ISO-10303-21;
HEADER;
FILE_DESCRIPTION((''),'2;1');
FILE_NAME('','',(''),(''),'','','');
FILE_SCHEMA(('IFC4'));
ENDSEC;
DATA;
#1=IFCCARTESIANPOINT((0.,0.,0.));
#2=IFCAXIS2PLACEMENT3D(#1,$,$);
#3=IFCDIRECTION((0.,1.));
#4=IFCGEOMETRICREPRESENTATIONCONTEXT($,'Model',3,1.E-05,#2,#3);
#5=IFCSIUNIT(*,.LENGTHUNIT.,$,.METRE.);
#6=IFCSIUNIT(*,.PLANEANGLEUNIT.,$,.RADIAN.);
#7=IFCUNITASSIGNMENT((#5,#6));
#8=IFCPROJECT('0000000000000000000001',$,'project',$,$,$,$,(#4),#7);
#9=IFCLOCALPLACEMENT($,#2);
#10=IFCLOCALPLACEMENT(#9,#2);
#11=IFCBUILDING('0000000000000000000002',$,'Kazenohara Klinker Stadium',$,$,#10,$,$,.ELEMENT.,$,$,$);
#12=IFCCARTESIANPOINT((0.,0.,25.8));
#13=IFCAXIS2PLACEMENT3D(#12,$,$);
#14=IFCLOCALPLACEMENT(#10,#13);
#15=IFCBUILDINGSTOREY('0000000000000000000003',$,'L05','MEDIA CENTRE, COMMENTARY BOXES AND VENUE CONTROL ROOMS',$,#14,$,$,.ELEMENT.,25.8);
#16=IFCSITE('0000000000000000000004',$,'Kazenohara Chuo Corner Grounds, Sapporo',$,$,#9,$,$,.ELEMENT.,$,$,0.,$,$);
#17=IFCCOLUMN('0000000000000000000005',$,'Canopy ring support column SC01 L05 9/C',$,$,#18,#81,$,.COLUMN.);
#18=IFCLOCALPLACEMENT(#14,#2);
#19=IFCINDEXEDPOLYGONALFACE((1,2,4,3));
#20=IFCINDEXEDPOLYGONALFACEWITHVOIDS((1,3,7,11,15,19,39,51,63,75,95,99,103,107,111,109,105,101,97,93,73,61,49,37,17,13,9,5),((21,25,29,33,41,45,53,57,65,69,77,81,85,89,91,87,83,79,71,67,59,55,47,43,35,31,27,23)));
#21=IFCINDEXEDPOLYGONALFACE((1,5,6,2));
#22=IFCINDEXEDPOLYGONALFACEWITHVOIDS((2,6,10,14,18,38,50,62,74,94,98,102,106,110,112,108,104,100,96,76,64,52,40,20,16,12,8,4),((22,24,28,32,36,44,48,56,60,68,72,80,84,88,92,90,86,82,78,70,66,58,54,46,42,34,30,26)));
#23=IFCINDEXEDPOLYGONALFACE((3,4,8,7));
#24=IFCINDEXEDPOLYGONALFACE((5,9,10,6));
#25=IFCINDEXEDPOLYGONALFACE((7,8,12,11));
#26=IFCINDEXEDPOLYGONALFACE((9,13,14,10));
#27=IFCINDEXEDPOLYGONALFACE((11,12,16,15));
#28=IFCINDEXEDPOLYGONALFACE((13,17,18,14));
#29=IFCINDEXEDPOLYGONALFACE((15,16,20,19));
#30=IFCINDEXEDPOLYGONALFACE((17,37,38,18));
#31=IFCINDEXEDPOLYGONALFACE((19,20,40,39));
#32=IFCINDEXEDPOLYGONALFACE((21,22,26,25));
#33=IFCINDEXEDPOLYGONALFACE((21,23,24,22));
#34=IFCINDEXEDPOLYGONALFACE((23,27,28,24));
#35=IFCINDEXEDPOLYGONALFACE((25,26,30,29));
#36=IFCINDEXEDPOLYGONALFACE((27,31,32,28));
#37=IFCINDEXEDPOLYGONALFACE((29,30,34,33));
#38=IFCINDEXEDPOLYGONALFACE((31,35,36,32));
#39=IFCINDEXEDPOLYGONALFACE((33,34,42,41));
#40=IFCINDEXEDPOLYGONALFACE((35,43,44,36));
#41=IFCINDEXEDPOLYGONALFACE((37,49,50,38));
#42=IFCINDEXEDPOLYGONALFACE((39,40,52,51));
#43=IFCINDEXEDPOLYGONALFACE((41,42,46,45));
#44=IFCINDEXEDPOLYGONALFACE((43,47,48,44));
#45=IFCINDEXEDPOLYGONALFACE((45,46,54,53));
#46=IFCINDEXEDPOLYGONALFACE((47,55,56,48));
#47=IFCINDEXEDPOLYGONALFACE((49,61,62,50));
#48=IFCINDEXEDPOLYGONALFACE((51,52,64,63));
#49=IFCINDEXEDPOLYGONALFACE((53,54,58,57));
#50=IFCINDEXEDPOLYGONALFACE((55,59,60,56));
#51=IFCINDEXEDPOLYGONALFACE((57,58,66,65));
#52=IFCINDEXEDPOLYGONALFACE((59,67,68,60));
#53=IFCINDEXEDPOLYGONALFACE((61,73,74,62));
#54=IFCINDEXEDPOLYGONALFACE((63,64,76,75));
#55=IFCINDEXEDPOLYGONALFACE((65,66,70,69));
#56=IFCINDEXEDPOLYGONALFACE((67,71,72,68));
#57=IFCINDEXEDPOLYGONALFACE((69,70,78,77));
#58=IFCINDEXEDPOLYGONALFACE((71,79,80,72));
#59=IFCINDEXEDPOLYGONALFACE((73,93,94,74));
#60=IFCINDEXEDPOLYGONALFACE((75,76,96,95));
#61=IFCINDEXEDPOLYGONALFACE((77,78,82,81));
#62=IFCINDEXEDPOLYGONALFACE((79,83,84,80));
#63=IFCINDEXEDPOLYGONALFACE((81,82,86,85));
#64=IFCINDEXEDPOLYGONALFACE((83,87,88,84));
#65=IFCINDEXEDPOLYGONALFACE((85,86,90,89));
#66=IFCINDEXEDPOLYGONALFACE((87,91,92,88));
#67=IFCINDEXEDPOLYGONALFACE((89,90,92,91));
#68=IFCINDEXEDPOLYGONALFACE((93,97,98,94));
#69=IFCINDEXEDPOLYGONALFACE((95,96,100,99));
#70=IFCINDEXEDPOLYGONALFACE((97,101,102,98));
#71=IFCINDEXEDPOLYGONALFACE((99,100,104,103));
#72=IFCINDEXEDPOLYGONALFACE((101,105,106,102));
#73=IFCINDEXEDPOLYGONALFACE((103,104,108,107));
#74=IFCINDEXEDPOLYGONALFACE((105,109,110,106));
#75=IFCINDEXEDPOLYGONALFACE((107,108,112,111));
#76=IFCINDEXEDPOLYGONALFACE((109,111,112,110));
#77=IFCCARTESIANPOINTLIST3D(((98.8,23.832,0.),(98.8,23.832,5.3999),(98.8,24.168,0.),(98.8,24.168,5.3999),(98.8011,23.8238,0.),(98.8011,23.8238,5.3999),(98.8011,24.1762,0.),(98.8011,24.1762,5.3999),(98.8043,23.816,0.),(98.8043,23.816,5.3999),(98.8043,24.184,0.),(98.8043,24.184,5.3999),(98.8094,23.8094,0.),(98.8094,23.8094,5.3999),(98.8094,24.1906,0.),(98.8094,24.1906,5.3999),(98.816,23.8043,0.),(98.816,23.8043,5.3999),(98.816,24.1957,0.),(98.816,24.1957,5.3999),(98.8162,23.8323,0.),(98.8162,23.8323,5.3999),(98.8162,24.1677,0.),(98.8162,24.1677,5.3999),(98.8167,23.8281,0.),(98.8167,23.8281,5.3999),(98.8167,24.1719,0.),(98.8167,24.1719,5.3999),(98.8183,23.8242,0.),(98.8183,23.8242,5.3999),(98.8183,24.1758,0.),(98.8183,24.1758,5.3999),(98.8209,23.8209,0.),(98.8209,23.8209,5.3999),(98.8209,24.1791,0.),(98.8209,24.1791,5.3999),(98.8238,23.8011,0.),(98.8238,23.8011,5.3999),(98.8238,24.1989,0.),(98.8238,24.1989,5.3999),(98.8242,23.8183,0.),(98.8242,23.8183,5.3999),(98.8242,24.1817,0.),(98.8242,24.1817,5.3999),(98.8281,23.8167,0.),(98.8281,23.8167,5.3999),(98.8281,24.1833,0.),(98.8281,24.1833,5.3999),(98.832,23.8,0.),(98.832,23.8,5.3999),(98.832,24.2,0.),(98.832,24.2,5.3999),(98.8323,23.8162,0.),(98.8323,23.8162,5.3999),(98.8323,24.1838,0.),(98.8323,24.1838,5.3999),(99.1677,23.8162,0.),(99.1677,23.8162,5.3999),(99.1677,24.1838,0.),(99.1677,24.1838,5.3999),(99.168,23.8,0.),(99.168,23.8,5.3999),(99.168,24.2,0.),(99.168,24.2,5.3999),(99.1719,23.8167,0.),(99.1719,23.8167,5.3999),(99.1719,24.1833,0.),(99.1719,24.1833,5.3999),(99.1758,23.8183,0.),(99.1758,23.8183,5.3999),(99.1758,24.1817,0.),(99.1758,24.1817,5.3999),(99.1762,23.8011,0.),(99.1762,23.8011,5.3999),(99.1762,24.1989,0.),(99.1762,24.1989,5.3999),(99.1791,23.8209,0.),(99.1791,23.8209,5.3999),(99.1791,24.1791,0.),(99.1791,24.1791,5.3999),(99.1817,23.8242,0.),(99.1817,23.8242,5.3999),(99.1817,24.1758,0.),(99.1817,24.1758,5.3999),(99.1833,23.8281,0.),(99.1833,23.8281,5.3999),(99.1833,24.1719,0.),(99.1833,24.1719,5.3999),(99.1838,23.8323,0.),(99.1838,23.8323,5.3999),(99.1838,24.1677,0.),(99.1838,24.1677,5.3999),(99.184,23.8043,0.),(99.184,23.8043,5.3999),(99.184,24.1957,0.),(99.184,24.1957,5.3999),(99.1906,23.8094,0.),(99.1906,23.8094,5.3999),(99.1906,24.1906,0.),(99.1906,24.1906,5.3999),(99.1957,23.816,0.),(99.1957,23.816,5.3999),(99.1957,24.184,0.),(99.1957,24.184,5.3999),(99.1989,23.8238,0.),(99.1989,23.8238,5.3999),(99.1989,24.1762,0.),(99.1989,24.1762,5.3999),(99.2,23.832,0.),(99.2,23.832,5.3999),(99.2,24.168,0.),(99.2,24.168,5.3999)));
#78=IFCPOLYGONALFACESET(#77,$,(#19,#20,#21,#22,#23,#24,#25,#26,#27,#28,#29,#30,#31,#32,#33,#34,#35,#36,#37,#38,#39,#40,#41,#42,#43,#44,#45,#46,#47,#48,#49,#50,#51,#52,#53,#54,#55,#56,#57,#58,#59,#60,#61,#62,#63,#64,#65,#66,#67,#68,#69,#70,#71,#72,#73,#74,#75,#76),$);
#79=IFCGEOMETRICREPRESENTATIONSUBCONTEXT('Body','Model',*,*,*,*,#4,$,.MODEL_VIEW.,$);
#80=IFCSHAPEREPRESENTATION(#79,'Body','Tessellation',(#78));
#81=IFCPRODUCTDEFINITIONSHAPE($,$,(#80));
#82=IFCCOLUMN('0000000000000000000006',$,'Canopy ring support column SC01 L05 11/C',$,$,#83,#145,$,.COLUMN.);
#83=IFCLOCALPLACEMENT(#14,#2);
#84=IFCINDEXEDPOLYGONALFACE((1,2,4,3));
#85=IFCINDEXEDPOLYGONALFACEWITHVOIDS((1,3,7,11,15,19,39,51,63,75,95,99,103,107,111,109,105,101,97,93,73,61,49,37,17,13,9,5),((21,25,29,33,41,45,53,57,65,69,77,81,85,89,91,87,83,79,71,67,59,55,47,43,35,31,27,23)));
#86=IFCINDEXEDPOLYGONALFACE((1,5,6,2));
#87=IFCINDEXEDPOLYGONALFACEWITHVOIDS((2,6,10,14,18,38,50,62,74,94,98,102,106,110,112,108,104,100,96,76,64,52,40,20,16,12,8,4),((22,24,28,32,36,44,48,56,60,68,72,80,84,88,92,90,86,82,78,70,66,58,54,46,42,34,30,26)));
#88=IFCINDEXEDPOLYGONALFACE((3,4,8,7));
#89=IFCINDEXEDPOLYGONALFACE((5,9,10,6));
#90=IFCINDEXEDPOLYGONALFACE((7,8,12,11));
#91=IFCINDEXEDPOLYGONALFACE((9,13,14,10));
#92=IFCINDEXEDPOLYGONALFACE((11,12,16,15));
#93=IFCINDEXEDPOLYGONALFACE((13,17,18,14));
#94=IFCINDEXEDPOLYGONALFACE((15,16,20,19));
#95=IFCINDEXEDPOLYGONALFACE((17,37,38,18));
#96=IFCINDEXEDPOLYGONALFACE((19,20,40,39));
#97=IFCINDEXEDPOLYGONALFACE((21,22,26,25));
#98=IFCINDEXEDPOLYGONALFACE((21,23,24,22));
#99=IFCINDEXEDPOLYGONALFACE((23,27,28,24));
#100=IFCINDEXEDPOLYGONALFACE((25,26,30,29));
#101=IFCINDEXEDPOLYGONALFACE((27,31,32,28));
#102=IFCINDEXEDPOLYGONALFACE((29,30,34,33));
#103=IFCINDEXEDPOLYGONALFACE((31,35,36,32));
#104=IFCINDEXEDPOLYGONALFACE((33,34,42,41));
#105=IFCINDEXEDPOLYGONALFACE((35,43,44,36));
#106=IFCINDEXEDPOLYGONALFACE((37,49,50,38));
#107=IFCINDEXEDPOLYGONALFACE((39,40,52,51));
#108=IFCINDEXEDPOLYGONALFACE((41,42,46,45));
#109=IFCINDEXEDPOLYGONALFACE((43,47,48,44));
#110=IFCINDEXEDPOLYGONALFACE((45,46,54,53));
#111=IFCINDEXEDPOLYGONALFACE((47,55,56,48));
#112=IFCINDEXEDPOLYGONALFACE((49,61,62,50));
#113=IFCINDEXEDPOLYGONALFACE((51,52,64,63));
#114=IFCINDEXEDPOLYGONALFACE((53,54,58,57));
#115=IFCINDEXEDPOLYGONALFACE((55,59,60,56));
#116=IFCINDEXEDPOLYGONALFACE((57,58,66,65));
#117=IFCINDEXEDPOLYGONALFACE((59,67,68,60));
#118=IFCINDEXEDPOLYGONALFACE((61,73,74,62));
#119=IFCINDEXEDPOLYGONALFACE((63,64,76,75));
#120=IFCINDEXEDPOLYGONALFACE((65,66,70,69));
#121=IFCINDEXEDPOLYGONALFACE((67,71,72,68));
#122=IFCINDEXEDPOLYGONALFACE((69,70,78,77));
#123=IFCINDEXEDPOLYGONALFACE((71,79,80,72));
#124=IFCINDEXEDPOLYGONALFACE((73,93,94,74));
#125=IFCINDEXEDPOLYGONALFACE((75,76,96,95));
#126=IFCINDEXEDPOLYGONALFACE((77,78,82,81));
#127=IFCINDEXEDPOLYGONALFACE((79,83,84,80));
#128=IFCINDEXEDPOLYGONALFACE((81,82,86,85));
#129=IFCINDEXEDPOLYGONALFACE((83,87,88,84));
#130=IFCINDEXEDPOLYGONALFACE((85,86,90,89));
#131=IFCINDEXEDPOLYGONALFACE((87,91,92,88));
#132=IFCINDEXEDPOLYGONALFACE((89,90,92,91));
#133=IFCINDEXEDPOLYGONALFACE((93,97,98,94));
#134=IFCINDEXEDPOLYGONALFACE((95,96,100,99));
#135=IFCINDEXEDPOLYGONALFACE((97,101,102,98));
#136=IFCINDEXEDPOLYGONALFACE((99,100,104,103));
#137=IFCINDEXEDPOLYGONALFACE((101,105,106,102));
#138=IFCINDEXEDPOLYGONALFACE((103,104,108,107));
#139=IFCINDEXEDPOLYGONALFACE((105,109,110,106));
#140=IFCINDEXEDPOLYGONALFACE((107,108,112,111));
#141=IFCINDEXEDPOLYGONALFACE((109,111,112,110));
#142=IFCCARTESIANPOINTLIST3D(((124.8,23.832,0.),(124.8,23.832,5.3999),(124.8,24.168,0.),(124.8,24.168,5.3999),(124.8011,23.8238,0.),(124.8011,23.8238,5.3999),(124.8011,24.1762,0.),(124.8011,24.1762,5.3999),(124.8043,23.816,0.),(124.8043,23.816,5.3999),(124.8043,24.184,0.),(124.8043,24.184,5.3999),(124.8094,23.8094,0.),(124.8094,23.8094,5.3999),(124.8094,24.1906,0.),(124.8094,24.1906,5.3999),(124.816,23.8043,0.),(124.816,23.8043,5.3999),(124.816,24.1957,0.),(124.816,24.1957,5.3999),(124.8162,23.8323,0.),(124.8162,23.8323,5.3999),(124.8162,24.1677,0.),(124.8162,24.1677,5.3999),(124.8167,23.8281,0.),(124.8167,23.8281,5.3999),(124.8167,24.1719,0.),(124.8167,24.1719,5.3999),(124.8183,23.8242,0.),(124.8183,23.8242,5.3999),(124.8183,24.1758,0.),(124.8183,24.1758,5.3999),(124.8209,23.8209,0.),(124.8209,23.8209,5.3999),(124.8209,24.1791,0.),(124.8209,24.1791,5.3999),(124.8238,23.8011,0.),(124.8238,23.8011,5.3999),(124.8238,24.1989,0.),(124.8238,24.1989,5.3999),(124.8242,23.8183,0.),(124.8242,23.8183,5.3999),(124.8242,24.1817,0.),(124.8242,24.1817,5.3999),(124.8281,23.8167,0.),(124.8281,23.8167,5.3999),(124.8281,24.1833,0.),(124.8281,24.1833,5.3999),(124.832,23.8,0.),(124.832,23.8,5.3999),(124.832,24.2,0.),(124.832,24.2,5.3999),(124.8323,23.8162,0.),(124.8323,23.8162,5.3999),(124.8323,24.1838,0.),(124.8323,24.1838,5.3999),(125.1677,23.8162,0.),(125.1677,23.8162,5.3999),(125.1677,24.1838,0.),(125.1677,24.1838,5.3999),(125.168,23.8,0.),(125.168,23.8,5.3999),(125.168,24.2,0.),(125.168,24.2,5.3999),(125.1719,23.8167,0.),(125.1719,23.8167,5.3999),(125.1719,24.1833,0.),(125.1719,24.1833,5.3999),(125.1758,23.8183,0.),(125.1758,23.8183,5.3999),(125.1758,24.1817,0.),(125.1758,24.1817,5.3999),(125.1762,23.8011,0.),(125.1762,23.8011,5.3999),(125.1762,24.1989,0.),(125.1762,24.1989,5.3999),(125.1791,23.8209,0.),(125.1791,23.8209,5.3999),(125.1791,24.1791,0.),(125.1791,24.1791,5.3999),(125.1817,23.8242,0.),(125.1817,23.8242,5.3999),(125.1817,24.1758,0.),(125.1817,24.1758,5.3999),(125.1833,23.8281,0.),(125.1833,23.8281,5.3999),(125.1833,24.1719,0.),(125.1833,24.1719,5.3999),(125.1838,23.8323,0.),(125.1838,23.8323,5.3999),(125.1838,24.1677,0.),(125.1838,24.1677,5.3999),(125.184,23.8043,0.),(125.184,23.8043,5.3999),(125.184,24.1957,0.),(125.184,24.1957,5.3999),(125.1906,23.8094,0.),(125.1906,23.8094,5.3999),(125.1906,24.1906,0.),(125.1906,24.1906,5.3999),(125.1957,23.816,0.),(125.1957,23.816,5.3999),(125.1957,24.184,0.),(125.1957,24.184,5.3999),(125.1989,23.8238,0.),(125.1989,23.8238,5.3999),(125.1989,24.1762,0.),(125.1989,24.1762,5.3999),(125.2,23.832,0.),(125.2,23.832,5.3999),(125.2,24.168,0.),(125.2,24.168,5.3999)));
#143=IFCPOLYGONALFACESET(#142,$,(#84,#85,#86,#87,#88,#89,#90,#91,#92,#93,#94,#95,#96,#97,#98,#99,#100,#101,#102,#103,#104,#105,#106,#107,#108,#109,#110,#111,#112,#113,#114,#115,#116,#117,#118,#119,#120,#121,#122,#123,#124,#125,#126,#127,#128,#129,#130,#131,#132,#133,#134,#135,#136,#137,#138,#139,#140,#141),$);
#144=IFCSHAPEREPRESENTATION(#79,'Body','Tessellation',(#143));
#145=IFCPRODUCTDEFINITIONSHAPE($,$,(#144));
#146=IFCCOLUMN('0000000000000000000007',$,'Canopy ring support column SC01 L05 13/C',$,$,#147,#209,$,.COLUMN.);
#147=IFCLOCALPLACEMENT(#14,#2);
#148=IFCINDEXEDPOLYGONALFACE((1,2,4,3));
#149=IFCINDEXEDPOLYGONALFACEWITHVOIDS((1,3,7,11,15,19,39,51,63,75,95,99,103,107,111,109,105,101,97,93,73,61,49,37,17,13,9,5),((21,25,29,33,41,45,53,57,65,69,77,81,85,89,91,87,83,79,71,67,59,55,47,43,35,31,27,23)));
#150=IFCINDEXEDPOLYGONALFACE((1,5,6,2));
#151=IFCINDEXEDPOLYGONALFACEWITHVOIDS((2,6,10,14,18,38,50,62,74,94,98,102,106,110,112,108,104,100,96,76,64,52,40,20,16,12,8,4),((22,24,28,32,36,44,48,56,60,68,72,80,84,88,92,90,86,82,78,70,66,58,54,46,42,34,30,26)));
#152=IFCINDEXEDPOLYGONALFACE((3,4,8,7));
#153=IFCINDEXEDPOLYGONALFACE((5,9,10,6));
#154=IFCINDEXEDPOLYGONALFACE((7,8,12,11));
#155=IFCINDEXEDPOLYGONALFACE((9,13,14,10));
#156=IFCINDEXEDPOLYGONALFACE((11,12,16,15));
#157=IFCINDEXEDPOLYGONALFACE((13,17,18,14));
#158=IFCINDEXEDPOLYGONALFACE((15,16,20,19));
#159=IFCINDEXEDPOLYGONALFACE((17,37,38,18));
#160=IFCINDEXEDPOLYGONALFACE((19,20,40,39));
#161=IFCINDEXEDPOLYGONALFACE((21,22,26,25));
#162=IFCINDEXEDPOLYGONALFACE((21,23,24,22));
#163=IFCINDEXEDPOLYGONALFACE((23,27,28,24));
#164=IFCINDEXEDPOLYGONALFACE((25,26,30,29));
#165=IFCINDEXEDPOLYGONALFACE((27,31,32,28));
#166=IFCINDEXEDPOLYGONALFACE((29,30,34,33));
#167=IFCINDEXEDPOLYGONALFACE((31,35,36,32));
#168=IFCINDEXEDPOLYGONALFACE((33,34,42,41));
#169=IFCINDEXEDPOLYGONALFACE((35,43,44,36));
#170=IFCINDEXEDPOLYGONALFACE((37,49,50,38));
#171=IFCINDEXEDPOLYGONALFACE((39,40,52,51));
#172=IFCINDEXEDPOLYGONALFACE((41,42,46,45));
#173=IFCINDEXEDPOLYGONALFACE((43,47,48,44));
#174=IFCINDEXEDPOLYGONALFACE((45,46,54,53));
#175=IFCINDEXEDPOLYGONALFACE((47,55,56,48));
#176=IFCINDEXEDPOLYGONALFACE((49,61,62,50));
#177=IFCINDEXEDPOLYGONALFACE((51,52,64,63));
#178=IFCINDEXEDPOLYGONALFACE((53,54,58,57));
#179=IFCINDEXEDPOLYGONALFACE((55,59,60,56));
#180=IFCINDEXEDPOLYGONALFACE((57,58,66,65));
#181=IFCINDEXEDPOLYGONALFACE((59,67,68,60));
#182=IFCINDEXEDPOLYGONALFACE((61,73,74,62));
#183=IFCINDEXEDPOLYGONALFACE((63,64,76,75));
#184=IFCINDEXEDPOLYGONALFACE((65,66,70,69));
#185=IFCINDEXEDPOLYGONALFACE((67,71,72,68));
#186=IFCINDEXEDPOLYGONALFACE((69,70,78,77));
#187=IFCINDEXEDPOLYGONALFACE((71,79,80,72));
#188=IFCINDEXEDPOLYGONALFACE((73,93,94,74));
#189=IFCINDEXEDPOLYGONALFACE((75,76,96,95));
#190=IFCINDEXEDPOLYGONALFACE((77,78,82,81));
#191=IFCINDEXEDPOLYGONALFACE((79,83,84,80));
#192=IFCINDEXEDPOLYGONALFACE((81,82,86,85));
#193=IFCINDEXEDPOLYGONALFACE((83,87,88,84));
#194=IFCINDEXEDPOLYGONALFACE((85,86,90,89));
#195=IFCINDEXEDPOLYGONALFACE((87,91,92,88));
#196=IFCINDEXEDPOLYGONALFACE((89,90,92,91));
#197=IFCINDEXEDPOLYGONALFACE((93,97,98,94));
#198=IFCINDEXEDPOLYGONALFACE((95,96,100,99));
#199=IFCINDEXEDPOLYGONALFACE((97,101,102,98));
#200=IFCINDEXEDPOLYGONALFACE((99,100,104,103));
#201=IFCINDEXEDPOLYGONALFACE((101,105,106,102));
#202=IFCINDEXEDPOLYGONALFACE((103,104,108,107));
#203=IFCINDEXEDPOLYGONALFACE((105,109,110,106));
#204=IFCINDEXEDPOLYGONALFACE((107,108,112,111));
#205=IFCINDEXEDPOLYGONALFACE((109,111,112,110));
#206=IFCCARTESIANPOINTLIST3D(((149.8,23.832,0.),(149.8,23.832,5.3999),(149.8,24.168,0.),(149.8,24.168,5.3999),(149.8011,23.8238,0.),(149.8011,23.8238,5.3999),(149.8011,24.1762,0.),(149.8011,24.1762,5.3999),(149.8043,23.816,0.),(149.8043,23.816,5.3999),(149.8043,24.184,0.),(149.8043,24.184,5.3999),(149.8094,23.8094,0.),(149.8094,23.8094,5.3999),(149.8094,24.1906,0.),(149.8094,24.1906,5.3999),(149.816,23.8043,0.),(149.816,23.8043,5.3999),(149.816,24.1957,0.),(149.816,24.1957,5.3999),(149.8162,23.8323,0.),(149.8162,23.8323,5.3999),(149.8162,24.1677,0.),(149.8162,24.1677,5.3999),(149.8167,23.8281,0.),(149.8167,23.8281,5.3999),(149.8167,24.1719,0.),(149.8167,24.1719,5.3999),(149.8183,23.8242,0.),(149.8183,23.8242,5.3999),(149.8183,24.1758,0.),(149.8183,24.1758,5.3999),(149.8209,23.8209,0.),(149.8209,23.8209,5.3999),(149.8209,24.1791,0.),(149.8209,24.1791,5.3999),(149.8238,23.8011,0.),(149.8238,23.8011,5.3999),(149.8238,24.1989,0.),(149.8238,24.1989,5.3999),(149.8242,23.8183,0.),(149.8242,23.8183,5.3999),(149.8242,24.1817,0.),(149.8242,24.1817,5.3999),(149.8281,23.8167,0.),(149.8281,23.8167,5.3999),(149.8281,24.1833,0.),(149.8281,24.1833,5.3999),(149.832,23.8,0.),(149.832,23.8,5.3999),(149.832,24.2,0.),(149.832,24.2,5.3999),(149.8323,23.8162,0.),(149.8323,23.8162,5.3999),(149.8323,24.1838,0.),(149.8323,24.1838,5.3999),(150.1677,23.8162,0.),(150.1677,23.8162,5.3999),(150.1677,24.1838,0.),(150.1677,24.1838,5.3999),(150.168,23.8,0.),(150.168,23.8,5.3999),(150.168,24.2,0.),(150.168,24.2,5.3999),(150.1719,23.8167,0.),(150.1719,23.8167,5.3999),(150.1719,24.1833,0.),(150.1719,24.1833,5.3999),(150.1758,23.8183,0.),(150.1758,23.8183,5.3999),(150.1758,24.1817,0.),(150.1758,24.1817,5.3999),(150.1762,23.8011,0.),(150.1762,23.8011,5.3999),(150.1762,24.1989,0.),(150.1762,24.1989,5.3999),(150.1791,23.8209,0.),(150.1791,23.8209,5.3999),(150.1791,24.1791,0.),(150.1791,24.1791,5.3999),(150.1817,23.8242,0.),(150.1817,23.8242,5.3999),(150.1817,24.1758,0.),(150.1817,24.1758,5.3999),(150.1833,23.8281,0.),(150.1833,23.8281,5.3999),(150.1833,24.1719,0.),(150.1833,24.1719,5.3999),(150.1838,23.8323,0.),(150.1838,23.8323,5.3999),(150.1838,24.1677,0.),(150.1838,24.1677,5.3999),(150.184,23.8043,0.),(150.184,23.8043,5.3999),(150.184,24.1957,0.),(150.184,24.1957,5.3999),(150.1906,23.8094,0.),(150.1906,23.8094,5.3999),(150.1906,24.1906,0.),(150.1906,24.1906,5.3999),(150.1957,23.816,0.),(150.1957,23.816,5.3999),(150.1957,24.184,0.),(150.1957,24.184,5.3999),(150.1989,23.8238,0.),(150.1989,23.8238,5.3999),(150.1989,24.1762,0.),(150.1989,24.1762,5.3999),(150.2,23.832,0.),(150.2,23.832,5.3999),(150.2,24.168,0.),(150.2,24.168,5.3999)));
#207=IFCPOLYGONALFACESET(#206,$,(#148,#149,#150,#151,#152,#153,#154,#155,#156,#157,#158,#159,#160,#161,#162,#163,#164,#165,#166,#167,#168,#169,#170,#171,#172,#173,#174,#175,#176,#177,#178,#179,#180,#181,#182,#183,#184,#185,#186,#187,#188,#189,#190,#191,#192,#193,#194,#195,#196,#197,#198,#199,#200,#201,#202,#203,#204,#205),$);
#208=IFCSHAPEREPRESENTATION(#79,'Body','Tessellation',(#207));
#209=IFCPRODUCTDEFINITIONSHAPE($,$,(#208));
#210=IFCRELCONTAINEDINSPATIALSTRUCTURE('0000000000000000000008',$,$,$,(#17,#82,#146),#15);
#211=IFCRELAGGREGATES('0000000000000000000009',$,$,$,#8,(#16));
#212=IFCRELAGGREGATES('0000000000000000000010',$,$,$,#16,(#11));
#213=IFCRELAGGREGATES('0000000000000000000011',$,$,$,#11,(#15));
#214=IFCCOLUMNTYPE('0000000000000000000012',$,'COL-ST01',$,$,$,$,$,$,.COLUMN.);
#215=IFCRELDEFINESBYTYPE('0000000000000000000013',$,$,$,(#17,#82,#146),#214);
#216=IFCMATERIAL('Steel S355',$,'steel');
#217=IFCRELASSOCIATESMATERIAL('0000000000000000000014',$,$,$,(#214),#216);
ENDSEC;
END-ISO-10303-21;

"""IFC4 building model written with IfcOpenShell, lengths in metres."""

from ifc_helpers import new_model, si_unit, direction, frame, origin, origin_2d, place, context, subcontext, project, spatial, hollow_rectangle, extrude, material, material_profile, profile_set, type_object, element, save


model = new_model("IFC4")

# Units and contexts
model_context = context("Model", 3, precision=1e-05, world=origin(), true_north=direction((0.0, 1.0)))
body_context = subcontext(model_context, "Body", "Model", "MODEL_VIEW")
ifc_project = project(units=[si_unit("LENGTHUNIT", "METRE"), si_unit("PLANEANGLEUNIT", "RADIAN")], contexts=[model_context])

# Site, building, storey
site_placement = place(None, origin())
site = spatial("IfcSite", under=ifc_project, at=site_placement, Name="Kazenohara Chuo Corner Grounds, Sapporo", CompositionType="ELEMENT", RefElevation=0.0)
building_placement = place(site_placement, origin())
building = spatial("IfcBuilding", under=site, at=building_placement, Name="Kazenohara Klinker Stadium", CompositionType="ELEMENT")
storey_placement = place(building_placement, frame((0.0, 0.0, 25.8)))
storey = spatial("IfcBuildingStorey", under=building, at=storey_placement, Name="L05", Description="MEDIA CENTRE, COMMENTARY BOXES AND VENUE CONTROL ROOMS", CompositionType="ELEMENT", Elevation=25.8)

# Columns
ifc_material = material(Name="Steel S355", Category="steel")
ifc_material_profile_1 = material_profile(ifc_material, hollow_rectangle(XDim=0.3999, YDim=0.3999, WallThickness=0.0161, InnerFilletRadius=0.0161, OuterFilletRadius=0.032, at=origin_2d()), Name="SHS-400x400x16")
ifc_profile_set_1 = profile_set([ifc_material_profile_1], Name="Steel S355")
column_type_1 = type_object("IfcColumnType", Name="COL-ST01", PredefinedType="COLUMN", material=ifc_profile_set_1)
for number, where, z_axis, x_axis, name in (
    (1, (99.0, 24.0, 0.0), (0.0, 0.0, 1.0), (1.0, 0.0, 0.0), "Canopy ring support column SC01 L05 9/C"),
    (2, (125.0, 24.0, 0.0), (0.0, 0.0, 1.0), (1.0, 0.0, 0.0), "Canopy ring support column SC01 L05 11/C"),
    (3, (150.0, 24.0, 0.0), (0.0, 0.0, 1.0), (1.0, 0.0, 0.0), "Canopy ring support column SC01 L05 13/C"),
):
    element("IfcColumn", number, at=place(storey_placement, frame(where, z_axis=z_axis, x_axis=x_axis)), inside=storey, type_object=column_type_1, Name=name, PredefinedType="COLUMN", context=body_context, shape_type="SweptSolid", body=[
        extrude(hollow_rectangle(XDim=0.3999, YDim=0.3999, WallThickness=0.0161, InnerFilletRadius=0.0161, OuterFilletRadius=0.032, at=origin_2d()), origin(), (0.0, 0.0, 1.0), 5.3999),
    ])

save(model, "model.ifc")
